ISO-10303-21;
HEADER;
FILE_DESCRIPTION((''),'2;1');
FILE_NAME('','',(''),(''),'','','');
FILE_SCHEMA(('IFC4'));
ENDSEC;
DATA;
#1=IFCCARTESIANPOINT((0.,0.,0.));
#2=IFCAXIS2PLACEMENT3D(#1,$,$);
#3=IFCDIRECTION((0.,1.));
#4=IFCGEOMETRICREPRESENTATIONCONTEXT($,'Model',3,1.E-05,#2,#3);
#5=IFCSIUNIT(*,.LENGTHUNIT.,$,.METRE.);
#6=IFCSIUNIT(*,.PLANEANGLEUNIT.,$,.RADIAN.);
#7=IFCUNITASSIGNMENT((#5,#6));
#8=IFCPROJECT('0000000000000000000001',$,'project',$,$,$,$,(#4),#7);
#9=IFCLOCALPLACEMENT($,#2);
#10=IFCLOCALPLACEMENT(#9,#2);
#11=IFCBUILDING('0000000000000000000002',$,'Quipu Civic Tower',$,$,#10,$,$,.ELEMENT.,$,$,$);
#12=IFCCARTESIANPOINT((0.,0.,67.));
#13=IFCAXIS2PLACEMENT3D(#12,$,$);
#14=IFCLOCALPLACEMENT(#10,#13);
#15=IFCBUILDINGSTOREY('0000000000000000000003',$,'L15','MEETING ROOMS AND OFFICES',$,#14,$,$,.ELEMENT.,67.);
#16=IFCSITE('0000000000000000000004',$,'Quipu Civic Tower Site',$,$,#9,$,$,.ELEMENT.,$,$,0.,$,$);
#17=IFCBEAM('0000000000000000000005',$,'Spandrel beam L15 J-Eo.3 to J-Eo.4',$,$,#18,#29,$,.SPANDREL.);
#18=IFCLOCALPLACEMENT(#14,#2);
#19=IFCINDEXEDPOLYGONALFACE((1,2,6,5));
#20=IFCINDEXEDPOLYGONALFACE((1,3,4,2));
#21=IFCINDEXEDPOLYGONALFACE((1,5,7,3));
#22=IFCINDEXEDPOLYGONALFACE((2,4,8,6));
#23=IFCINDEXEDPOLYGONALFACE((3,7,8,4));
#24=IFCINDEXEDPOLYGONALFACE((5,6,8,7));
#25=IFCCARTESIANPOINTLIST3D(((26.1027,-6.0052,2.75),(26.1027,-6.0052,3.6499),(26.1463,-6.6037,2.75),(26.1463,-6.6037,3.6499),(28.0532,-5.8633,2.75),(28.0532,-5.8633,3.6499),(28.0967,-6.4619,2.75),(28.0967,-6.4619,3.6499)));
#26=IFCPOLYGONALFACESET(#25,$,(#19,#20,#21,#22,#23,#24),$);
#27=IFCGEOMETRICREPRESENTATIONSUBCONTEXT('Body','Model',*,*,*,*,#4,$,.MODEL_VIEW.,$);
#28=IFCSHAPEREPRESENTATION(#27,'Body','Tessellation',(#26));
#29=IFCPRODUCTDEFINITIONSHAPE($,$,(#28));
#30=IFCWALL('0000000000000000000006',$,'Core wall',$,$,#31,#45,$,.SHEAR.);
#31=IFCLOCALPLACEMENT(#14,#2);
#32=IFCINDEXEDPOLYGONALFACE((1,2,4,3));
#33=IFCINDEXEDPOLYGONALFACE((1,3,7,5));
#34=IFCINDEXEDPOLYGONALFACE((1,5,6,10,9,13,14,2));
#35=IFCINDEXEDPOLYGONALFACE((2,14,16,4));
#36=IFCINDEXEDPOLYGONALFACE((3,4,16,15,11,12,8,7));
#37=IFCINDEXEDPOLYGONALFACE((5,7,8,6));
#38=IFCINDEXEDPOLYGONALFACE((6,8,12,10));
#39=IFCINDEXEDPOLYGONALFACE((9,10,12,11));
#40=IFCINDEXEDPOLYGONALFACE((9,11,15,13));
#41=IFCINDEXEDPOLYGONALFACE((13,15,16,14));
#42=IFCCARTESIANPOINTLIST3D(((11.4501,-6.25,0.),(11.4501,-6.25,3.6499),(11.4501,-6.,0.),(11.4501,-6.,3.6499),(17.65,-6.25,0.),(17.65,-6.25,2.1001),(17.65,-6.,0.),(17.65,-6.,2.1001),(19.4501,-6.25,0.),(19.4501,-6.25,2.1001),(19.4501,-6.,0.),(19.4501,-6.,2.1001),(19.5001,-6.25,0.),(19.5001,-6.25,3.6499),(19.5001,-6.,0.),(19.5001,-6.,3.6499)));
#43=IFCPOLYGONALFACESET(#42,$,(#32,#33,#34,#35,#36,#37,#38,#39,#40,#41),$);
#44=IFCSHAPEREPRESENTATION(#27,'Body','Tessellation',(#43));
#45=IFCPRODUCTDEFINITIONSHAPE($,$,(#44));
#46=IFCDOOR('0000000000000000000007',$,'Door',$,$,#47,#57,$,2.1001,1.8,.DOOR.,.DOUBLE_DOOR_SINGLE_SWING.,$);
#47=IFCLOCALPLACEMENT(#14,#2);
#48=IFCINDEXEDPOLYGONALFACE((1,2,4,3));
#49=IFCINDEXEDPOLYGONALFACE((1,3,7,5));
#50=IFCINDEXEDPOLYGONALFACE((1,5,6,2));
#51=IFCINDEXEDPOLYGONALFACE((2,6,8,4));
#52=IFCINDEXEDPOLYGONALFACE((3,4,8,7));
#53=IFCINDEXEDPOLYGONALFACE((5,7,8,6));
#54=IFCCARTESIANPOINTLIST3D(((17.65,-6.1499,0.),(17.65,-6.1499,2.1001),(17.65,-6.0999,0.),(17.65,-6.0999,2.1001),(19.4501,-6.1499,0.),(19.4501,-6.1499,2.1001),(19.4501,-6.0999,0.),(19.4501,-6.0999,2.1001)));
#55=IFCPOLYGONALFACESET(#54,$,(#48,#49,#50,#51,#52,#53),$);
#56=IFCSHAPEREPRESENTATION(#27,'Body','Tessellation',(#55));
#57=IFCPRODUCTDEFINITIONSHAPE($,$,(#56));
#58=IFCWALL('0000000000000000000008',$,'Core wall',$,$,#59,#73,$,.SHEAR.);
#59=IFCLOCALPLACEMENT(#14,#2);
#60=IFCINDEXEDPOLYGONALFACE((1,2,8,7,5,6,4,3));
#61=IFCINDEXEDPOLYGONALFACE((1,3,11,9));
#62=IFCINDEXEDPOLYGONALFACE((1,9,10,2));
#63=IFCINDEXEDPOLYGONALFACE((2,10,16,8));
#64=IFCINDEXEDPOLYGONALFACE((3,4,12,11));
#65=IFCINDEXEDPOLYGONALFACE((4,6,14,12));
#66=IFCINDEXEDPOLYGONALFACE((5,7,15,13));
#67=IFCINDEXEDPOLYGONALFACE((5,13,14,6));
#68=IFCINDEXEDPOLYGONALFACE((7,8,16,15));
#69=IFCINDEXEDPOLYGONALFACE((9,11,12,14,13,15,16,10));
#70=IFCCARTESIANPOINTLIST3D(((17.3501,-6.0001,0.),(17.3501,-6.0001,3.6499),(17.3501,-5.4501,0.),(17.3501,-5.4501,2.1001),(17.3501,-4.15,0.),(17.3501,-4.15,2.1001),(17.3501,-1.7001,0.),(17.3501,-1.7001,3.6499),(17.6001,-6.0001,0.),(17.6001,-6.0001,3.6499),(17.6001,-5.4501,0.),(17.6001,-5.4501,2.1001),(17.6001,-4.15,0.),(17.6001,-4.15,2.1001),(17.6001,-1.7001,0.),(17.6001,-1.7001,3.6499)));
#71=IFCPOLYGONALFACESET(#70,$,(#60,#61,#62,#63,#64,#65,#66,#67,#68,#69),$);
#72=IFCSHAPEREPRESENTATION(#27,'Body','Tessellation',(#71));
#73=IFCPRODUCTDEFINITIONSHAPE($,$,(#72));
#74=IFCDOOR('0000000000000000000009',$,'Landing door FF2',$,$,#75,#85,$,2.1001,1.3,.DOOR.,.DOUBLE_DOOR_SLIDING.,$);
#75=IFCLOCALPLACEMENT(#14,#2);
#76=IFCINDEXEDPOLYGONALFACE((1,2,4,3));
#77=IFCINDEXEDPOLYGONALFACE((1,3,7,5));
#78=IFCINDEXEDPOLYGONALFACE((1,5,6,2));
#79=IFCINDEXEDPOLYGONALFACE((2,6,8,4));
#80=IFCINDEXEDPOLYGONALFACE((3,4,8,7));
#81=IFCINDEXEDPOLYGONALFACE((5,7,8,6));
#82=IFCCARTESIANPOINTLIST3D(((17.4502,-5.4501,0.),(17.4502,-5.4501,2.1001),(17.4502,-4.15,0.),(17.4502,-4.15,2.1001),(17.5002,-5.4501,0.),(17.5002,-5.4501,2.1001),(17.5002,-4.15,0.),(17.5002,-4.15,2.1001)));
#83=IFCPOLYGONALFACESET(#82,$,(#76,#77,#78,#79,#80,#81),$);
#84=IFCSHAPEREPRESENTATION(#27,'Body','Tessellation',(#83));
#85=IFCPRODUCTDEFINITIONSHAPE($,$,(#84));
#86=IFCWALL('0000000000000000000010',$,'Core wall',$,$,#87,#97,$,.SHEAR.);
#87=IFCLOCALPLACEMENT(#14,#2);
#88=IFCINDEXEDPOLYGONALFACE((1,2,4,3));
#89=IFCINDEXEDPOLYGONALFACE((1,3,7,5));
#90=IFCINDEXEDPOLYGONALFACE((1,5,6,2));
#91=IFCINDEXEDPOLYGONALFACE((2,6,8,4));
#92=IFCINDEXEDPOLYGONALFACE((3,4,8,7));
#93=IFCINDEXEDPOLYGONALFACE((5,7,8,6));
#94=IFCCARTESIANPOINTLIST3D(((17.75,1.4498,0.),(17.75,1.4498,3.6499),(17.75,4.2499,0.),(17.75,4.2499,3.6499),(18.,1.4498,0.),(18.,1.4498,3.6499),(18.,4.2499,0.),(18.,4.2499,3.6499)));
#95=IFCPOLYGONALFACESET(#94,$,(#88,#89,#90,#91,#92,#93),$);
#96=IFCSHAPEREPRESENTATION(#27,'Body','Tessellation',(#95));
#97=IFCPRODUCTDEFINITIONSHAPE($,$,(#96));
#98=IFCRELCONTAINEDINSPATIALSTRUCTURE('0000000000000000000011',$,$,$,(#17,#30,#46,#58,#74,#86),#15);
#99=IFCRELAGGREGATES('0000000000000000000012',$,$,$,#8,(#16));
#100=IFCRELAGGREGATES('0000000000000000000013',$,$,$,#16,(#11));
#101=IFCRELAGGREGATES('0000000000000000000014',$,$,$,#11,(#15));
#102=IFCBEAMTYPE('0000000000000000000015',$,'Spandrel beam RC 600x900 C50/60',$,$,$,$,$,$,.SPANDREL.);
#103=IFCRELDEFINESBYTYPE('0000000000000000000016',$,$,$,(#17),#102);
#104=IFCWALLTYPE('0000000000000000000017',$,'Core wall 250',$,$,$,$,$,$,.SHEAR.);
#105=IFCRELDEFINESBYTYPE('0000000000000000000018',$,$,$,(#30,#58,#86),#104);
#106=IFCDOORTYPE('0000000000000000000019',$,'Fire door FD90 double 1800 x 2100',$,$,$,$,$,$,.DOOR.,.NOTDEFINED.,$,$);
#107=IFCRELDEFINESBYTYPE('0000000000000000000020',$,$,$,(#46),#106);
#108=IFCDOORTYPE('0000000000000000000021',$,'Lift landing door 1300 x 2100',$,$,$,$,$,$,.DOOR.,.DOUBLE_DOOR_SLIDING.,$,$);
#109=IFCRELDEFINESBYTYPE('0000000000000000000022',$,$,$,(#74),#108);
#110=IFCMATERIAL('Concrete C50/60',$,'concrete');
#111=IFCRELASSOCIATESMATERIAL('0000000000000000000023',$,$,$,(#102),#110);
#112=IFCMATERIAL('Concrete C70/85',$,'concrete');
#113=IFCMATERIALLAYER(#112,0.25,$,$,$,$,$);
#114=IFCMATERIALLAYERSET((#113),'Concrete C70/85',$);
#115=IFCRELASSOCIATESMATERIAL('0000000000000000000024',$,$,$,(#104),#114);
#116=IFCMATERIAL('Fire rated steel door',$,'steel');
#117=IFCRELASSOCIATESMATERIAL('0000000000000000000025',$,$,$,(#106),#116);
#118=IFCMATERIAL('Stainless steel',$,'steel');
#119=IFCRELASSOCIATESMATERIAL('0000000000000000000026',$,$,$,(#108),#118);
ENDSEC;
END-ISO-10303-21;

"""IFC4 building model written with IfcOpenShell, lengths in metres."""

from ifc_helpers import new_model, si_unit, direction, frame, frame_2d, origin, origin_2d, place, context, subcontext, project, spatial, rectangle, extrude, material, layer, layer_set, material_profile, profile_set, type_object, element, fill, save


model = new_model("IFC4")

# Units and contexts
model_context = context("Model", 3, precision=1e-05, world=origin(), true_north=direction((0.0, 1.0)))
body_context = subcontext(model_context, "Body", "Model", "MODEL_VIEW")
ifc_project = project(units=[si_unit("LENGTHUNIT", "METRE"), si_unit("PLANEANGLEUNIT", "RADIAN")], contexts=[model_context])

# Site, building, storey
site_placement = place(None, origin())
site = spatial("IfcSite", under=ifc_project, at=site_placement, Name="Quipu Civic Tower Site", CompositionType="ELEMENT", RefElevation=0.0)
building_placement = place(site_placement, origin())
building = spatial("IfcBuilding", under=site, at=building_placement, Name="Quipu Civic Tower", CompositionType="ELEMENT")
storey_placement = place(building_placement, frame((0.0, 0.0, 67.0)))
storey = spatial("IfcBuildingStorey", under=building, at=storey_placement, Name="L15", Description="MEETING ROOMS AND OFFICES", CompositionType="ELEMENT", Elevation=67.0)

# Beam
ifc_material_1 = material(Name="Concrete C50/60", Category="concrete")
ifc_material_profile = material_profile(ifc_material_1, rectangle(XDim=0.6001, YDim=0.8999, at=origin_2d()), Name="RC600x900")
ifc_profile_set = profile_set([ifc_material_profile], Name="Concrete C50/60")
beam_type = type_object("IfcBeamType", Name="Spandrel beam RC 600x900 C50/60", PredefinedType="SPANDREL", material=ifc_profile_set)
beam_placement = place(storey_placement, frame((26.1245, -6.3044, 3.2), z_axis=(0.997366, 0.072533, 0.0), x_axis=(-0.072533, 0.997366, 0.0)))
element("IfcBeam", 1, at=beam_placement, inside=storey, type_object=beam_type, Name="Spandrel beam L15 J-Eo.3 to J-Eo.4", PredefinedType="SPANDREL", context=body_context, shape_type="SweptSolid", body=[
    extrude(rectangle(XDim=0.6001, YDim=0.8999, at=origin_2d()), origin(), (0.0, 0.0, 1.0), 1.9556),
])

# Walls, openings, doors
ifc_material_2 = material(Name="Concrete C70/85", Category="concrete")
ifc_layer_1 = layer(ifc_material_2, 0.25)
ifc_layer_set_1 = layer_set([ifc_layer_1], Name="Concrete C70/85")
wall_type_1 = type_object("IfcWallType", Name="Core wall 250", PredefinedType="SHEAR", material=ifc_layer_set_1)
wall_1_placement = place(storey_placement, frame((19.5, -6.125, 0.0), z_axis=(0.0, 0.0, 1.0), x_axis=(-1.0, 0.0, 0.0)))
wall_1 = element("IfcWall", 2, at=wall_1_placement, inside=storey, type_object=wall_type_1, Name="Core wall", PredefinedType="SHEAR", context=body_context, shape_type="SweptSolid", body=[
    extrude(rectangle(XDim=8.05, YDim=0.25, at=frame_2d((4.0249, 0.0))), origin(), (0.0, 0.0, 1.0), 3.6499),
])
opening_1_placement = place(wall_1_placement, frame((0.05, 0.0, 0.0)))
opening_1 = element("IfcOpeningElement", 3, at=opening_1_placement, cuts=wall_1, PredefinedType="OPENING", context=body_context, shape_type="SweptSolid", body=[
    extrude(rectangle(XDim=1.8, YDim=2.1001, at=frame_2d((0.8999, 1.05))), frame((0.0, 0.135, 0.0), z_axis=(0.0, -1.0, 0.0), x_axis=(1.0, 0.0, 0.0)), (0.0, 0.0, 1.0), 0.27),
])
ifc_material_3 = material(Name="Fire rated steel door", Category="steel")
door_type_1 = type_object("IfcDoorType", Name="Fire door FD90 double 1800 x 2100", OperationType="NOTDEFINED", PredefinedType="DOOR", material=ifc_material_3)
door_1_placement = place(opening_1_placement, origin())
door_1 = element("IfcDoor", 4, at=door_1_placement, inside=storey, type_object=door_type_1, Name="Door", OperationType="DOUBLE_DOOR_SINGLE_SWING", OverallHeight=2.1001, OverallWidth=1.8, PredefinedType="DOOR", context=body_context, shape_type="SweptSolid", body=[
    extrude(rectangle(XDim=1.8, YDim=2.1001, at=frame_2d((0.8999, 1.05))), frame((0.0, 0.0249, 0.0), z_axis=(0.0, -1.0, 0.0), x_axis=(1.0, 0.0, 0.0)), (0.0, 0.0, 1.0), 0.05),
])
fill(opening_1, door_1)
wall_2_placement = place(storey_placement, frame((17.4751, -6.0, 0.0), z_axis=(0.0, 0.0, 1.0), x_axis=(0.0, 1.0, 0.0)))
wall_2 = element("IfcWall", 5, at=wall_2_placement, inside=storey, type_object=wall_type_1, Name="Core wall", PredefinedType="SHEAR", context=body_context, shape_type="SweptSolid", body=[
    extrude(rectangle(XDim=4.3, YDim=0.25, at=frame_2d((2.1499, 0.0))), origin(), (0.0, 0.0, 1.0), 3.6499),
])
opening_2_placement = place(wall_2_placement, frame((0.55, 0.0, 0.0)))
opening_2 = element("IfcOpeningElement", 6, at=opening_2_placement, cuts=wall_2, PredefinedType="OPENING", context=body_context, shape_type="SweptSolid", body=[
    extrude(rectangle(XDim=1.3, YDim=2.1001, at=frame_2d((0.6499, 1.05))), frame((0.0, 0.135, 0.0), z_axis=(0.0, -1.0, 0.0), x_axis=(1.0, 0.0, 0.0)), (0.0, 0.0, 1.0), 0.27),
])
ifc_material_4 = material(Name="Stainless steel", Category="steel")
door_type_2 = type_object("IfcDoorType", Name="Lift landing door 1300 x 2100", OperationType="DOUBLE_DOOR_SLIDING", PredefinedType="DOOR", material=ifc_material_4)
door_2_placement = place(opening_2_placement, origin())
door_2 = element("IfcDoor", 7, at=door_2_placement, inside=storey, type_object=door_type_2, Name="Landing door FF2", OperationType="DOUBLE_DOOR_SLIDING", OverallHeight=2.1001, OverallWidth=1.3, PredefinedType="DOOR", context=body_context, shape_type="SweptSolid", body=[
    extrude(rectangle(XDim=1.3, YDim=2.1001, at=frame_2d((0.6499, 1.05))), frame((0.0, 0.0249, 0.0), z_axis=(0.0, -1.0, 0.0), x_axis=(1.0, 0.0, 0.0)), (0.0, 0.0, 1.0), 0.05),
])
fill(opening_2, door_2)

# Wall
wall_3_placement = place(storey_placement, frame((17.875, 1.45, 0.0), z_axis=(0.0, 0.0, 1.0), x_axis=(0.0, 1.0, 0.0)))
element("IfcWall", 8, at=wall_3_placement, inside=storey, type_object=wall_type_1, Name="Core wall", PredefinedType="SHEAR", context=body_context, shape_type="SweptSolid", body=[
    extrude(rectangle(XDim=2.8, YDim=0.25, at=frame_2d((1.3999, 0.0))), origin(), (0.0, 0.0, 1.0), 3.6499),
])

save(model, "model.ifc")
